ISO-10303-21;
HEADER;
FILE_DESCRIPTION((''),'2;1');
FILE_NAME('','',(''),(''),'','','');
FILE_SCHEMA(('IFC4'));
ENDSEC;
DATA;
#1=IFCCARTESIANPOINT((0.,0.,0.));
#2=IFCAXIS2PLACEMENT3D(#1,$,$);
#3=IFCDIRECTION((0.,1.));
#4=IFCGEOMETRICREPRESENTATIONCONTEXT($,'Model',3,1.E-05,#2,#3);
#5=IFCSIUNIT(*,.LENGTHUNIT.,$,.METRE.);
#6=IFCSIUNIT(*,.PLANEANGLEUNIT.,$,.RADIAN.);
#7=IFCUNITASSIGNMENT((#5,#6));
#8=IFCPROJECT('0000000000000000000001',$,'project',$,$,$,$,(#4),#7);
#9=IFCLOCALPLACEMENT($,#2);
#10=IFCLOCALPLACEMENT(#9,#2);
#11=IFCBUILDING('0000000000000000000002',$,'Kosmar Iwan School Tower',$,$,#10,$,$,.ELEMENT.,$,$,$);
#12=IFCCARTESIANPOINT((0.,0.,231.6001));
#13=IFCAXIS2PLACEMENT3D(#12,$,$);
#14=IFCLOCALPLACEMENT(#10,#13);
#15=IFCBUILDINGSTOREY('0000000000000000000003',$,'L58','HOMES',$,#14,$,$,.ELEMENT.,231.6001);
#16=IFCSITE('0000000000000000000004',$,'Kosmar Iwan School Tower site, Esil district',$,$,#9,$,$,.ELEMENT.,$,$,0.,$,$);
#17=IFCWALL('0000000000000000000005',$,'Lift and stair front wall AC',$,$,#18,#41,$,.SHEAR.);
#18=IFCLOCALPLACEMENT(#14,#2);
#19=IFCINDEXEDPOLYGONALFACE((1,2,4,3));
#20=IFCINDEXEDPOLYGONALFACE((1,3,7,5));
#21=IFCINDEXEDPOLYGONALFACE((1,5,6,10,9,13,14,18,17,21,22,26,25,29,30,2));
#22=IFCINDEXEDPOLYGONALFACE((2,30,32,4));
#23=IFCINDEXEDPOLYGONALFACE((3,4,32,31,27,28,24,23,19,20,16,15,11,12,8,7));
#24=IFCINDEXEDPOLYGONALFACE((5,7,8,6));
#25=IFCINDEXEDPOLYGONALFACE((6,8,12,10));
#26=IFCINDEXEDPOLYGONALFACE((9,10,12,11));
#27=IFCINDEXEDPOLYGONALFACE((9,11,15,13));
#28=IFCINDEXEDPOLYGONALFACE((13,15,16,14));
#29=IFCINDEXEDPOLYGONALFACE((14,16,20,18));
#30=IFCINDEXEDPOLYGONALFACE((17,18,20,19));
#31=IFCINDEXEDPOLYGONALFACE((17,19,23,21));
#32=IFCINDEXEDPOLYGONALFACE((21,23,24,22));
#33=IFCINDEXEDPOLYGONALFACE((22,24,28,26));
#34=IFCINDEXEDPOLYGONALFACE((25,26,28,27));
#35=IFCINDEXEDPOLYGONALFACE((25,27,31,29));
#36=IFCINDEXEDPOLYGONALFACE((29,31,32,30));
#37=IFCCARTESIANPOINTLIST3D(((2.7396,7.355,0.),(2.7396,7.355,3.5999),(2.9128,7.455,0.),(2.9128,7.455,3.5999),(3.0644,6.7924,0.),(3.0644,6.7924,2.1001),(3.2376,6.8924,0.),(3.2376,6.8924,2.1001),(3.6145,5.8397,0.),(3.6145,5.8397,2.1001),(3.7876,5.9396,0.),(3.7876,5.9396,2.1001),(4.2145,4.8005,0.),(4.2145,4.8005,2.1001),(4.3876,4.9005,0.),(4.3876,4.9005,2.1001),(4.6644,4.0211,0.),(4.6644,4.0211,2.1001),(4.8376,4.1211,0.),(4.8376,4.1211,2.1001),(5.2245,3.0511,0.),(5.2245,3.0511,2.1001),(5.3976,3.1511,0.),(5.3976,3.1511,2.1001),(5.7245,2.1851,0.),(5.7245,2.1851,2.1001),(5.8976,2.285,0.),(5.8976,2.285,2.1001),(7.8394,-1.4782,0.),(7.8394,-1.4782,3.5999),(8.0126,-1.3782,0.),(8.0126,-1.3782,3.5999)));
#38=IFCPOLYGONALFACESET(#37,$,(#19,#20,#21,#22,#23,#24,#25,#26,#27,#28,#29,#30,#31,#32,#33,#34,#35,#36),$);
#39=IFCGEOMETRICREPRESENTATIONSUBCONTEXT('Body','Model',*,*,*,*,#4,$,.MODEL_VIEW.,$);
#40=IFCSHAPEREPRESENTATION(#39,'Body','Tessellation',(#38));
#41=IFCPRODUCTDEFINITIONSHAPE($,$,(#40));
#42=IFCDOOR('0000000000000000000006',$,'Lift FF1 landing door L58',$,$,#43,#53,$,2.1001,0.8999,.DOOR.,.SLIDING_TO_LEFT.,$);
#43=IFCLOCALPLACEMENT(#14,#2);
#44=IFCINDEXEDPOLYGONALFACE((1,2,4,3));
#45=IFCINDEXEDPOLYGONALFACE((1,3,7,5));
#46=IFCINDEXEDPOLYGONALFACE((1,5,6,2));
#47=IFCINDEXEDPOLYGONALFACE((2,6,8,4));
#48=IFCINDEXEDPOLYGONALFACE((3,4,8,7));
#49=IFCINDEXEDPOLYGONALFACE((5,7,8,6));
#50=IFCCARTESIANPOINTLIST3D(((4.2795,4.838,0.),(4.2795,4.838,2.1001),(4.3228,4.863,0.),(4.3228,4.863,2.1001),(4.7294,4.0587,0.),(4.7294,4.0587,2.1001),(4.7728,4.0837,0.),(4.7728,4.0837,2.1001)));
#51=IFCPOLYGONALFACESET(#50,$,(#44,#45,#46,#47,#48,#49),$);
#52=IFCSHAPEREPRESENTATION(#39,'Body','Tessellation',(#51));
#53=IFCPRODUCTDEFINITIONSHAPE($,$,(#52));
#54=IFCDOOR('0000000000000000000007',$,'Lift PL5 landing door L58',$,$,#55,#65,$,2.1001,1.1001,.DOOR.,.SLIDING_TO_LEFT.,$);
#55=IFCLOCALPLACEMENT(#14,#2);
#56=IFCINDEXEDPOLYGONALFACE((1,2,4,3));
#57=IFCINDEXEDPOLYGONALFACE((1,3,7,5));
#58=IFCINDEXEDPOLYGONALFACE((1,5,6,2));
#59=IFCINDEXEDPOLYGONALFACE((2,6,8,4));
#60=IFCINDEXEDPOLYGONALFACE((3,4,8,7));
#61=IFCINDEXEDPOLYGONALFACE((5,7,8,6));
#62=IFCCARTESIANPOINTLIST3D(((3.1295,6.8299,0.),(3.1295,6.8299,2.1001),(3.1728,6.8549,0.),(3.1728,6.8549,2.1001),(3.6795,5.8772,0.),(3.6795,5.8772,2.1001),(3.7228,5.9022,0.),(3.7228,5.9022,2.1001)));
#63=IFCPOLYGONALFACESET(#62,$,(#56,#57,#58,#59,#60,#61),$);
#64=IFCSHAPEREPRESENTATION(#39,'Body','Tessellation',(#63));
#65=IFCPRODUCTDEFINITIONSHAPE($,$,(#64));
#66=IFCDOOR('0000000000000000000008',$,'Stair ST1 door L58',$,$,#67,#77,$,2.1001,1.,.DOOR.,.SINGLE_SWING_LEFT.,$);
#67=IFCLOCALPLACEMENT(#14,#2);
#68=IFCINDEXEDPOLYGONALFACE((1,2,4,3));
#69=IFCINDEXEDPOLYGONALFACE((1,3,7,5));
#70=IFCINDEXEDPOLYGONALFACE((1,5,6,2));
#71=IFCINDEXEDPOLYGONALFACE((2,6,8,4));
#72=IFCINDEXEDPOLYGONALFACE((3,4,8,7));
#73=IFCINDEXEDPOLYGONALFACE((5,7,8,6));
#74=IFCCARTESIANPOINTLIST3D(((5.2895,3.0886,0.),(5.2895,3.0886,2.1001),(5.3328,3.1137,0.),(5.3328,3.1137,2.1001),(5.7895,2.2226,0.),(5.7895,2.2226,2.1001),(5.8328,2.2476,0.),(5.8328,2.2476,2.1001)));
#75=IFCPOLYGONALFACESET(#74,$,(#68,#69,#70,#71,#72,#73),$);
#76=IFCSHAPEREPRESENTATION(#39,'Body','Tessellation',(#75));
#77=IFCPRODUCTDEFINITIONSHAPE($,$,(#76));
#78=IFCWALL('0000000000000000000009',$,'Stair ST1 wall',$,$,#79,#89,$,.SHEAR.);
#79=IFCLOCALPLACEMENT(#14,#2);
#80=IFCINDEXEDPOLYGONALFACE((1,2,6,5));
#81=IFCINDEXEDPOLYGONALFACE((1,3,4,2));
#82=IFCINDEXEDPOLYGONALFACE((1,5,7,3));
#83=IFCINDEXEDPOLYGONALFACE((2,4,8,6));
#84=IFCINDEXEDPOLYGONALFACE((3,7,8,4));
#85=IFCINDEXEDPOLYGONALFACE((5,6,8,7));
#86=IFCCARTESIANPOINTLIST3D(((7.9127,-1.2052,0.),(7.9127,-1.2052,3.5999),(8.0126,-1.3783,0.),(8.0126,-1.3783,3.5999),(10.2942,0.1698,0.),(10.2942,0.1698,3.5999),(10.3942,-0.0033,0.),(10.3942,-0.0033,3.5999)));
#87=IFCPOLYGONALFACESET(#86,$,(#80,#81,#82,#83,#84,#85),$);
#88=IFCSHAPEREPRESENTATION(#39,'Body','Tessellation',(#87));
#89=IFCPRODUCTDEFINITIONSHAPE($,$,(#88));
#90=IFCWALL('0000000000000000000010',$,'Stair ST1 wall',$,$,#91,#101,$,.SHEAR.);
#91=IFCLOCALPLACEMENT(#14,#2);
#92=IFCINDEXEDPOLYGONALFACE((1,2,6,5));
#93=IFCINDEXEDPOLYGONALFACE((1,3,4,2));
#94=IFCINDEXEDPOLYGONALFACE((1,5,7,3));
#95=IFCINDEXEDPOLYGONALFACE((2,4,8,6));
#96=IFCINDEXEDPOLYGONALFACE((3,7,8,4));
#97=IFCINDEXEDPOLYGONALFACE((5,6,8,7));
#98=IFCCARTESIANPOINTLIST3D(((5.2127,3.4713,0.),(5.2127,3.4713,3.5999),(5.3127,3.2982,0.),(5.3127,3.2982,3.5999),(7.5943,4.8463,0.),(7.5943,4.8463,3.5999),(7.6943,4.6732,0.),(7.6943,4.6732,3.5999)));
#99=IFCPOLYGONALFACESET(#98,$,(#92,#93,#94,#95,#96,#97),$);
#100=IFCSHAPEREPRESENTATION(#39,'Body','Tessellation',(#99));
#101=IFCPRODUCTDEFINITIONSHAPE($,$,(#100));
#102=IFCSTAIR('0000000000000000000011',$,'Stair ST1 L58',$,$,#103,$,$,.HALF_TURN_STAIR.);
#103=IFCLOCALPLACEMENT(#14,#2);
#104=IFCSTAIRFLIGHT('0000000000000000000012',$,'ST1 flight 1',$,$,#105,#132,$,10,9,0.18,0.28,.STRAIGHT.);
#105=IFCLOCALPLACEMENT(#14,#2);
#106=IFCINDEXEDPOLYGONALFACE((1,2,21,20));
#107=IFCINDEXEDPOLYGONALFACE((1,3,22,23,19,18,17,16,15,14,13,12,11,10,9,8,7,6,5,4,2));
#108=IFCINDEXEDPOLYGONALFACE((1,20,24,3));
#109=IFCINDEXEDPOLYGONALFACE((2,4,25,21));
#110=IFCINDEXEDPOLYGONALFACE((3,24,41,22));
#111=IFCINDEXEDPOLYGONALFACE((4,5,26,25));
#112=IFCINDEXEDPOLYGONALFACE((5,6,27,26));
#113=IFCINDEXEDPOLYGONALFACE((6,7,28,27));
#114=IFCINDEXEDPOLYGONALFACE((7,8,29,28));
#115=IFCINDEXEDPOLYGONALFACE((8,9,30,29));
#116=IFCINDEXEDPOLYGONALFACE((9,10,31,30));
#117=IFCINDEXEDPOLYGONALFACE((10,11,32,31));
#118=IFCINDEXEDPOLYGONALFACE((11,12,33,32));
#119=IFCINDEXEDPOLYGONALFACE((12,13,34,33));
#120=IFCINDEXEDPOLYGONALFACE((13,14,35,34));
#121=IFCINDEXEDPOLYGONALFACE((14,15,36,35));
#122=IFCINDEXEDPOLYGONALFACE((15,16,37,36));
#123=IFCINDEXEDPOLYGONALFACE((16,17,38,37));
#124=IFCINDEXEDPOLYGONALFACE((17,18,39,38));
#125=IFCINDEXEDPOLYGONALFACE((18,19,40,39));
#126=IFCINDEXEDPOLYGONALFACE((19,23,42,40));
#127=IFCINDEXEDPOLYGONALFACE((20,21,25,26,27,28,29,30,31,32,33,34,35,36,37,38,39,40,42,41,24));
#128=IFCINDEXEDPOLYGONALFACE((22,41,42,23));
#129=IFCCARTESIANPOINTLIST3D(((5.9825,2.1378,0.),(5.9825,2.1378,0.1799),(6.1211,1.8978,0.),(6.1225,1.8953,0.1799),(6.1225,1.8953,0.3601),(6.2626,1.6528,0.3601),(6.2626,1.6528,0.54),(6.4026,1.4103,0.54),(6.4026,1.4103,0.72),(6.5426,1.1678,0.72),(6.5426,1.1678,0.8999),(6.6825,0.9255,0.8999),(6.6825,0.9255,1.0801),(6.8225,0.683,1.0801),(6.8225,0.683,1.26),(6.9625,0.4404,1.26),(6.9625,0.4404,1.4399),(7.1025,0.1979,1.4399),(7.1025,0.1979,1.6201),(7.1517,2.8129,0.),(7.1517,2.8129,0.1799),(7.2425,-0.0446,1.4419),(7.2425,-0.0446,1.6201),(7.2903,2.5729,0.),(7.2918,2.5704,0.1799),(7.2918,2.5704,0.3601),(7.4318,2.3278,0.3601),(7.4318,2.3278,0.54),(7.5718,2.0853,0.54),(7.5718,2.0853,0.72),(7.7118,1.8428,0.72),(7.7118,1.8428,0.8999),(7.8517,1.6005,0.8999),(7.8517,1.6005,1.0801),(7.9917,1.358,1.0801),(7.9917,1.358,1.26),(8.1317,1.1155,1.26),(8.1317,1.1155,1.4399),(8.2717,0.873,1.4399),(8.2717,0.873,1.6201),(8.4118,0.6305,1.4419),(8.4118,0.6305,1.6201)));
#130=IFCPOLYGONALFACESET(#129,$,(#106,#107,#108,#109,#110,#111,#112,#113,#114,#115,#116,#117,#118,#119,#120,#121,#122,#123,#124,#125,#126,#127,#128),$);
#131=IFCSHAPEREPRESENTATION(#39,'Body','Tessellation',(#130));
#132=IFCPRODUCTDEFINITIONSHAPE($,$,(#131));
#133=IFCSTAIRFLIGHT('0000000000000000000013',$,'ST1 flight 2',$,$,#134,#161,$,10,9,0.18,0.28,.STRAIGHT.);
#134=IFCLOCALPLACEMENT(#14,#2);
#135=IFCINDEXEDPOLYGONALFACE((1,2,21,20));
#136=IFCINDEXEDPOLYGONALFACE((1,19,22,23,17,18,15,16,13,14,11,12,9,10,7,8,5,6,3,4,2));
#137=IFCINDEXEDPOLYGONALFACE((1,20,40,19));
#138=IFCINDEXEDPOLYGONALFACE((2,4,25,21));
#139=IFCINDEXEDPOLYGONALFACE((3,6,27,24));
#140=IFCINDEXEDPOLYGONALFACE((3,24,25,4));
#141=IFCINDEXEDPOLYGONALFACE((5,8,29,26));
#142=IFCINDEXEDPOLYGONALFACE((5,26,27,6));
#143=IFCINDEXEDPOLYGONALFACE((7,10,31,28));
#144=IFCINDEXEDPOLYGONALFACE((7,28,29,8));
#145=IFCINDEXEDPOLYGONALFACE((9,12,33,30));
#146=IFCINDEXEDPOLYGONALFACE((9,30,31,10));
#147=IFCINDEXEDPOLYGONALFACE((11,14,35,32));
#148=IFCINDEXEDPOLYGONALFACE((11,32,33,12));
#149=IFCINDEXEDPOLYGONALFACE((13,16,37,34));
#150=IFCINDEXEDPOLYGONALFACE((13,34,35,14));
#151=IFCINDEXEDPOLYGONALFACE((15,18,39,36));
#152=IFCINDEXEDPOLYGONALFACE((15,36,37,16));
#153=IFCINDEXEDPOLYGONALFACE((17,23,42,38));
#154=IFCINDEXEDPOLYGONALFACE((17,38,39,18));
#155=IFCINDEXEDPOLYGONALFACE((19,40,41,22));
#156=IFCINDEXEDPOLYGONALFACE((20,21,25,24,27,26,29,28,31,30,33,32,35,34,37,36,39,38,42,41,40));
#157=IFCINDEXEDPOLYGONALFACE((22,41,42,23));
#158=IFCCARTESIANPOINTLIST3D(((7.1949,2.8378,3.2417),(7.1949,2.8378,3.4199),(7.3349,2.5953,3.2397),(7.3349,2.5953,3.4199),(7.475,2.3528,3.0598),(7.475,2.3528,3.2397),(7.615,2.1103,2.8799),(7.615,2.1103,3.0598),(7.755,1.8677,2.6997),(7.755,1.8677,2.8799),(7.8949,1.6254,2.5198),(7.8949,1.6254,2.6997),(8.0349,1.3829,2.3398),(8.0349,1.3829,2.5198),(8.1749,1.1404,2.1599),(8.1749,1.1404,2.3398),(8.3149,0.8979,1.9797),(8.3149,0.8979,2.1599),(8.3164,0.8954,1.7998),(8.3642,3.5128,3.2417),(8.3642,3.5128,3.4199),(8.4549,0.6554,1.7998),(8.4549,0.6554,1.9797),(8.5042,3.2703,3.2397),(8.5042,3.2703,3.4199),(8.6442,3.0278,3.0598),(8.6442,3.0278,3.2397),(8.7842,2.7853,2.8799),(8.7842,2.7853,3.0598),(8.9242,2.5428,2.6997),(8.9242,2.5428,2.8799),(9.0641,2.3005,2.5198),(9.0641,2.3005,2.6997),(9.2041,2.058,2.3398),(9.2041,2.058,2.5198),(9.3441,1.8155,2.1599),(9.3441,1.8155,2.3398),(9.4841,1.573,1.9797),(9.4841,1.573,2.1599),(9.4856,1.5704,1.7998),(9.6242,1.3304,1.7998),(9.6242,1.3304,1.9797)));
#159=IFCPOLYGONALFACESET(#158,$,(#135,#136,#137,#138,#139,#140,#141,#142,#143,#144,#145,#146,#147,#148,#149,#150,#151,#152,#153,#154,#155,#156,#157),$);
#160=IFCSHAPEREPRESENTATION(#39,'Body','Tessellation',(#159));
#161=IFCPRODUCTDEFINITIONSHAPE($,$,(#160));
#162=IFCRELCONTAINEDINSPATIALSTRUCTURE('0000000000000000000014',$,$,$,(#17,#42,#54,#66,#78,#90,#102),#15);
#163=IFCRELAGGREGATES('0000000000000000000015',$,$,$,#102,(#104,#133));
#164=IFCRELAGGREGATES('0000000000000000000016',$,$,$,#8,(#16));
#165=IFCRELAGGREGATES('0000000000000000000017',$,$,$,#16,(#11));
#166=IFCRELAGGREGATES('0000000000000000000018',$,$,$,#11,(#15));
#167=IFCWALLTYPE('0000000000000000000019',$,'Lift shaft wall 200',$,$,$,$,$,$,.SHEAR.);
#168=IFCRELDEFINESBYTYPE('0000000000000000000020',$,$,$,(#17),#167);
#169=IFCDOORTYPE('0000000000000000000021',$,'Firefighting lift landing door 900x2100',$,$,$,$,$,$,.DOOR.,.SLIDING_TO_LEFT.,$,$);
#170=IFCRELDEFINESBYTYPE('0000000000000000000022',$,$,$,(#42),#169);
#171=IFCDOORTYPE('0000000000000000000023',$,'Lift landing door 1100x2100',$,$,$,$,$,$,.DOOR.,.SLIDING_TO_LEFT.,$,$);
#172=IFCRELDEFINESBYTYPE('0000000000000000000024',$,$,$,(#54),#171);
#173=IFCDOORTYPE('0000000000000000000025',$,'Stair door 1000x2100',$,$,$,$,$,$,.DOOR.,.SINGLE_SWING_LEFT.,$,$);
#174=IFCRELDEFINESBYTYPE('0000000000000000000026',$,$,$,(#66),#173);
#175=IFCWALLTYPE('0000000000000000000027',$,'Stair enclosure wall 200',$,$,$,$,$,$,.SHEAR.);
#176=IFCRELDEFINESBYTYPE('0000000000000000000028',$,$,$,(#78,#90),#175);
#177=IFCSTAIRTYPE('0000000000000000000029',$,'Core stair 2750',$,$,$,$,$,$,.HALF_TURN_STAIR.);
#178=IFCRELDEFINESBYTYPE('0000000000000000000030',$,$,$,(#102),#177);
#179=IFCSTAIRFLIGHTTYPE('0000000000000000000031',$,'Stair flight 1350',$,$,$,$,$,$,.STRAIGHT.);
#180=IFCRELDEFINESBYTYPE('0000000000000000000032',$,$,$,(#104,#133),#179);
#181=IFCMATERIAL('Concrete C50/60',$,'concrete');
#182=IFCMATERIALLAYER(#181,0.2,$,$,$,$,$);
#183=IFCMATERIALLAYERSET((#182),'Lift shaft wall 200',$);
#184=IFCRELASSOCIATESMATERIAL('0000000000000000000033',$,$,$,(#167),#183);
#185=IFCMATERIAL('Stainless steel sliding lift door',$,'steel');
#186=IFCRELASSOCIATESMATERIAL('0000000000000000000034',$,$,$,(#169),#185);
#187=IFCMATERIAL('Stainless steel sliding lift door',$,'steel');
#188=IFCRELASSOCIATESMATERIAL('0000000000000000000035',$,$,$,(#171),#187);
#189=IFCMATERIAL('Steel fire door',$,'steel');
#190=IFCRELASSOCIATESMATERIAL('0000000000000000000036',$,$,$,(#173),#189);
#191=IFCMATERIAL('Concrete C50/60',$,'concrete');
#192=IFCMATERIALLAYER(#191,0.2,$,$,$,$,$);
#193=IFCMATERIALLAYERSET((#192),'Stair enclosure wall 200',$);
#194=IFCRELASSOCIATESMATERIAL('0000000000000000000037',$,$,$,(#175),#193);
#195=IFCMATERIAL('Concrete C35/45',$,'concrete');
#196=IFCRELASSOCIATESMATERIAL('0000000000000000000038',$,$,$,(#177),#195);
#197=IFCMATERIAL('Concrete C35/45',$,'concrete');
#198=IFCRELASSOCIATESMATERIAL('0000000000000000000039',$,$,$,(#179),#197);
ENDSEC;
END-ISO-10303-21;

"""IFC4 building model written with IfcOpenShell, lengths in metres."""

from ifc_helpers import new_model, si_unit, direction, frame, frame_2d, origin, place, context, subcontext, project, spatial, polyline, rectangle, outline, extrude, material, layer, layer_set, type_object, element, fill, aggregate, save


model = new_model("IFC4")

# Units and contexts
model_context = context("Model", 3, precision=1e-05, world=origin(), true_north=direction((0.0, 1.0)))
body_context = subcontext(model_context, "Body", "Model", "MODEL_VIEW")
ifc_project = project(units=[si_unit("LENGTHUNIT", "METRE"), si_unit("PLANEANGLEUNIT", "RADIAN")], contexts=[model_context])

# Site, building, storey
site_placement = place(None, origin())
site = spatial("IfcSite", under=ifc_project, at=site_placement, Name="Kosmar Iwan School Tower site, Esil district", CompositionType="ELEMENT", RefElevation=0.0)
building_placement = place(site_placement, origin())
building = spatial("IfcBuilding", under=site, at=building_placement, Name="Kosmar Iwan School Tower", CompositionType="ELEMENT")
storey_placement = place(building_placement, frame((0.0, 0.0, 231.6001)))
storey = spatial("IfcBuildingStorey", under=building, at=storey_placement, Name="L58", Description="HOMES", CompositionType="ELEMENT", Elevation=231.6001)

# Wall, openings, doors
ifc_material_1 = material(Name="Concrete C50/60", Category="concrete")
ifc_layer_1 = layer(ifc_material_1, 0.2)
ifc_layer_set_1 = layer_set([ifc_layer_1], Name="Lift shaft wall 200")
wall_type_1 = type_object("IfcWallType", Name="Lift shaft wall 200", PredefinedType="SHEAR", material=ifc_layer_set_1)
wall_1_placement = place(storey_placement, frame((7.926, -1.4282, 0.0), z_axis=(0.0, 0.0, 1.0), x_axis=(-0.499998, 0.866027, 0.0)))
wall_1 = element("IfcWall", 1, at=wall_1_placement, inside=storey, type_object=wall_type_1, Name="Lift and stair front wall AC", PredefinedType="SHEAR", context=body_context, shape_type="SweptSolid", body=[
    extrude(rectangle(XDim=10.1997, YDim=0.2, at=frame_2d((5.0999, 0.0))), origin(), (0.0, 0.0, 1.0), 3.5999),
])
opening_1_placement = place(wall_1_placement, frame((6.3501, 0.0, 0.0)))
opening_1 = element("IfcOpeningElement", 2, at=opening_1_placement, cuts=wall_1, PredefinedType="OPENING", context=body_context, shape_type="SweptSolid", body=[
    extrude(rectangle(XDim=0.8999, YDim=2.1001, at=frame_2d((0.45, 1.05))), frame((0.0, 0.1121, 0.0), z_axis=(0.0, -1.0, 0.0), x_axis=(1.0, 0.0, 0.0)), (0.0, 0.0, 1.0), 0.2239),
])
opening_2_placement = place(wall_1_placement, frame((8.45, 0.0, 0.0)))
opening_2 = element("IfcOpeningElement", 3, at=opening_2_placement, cuts=wall_1, PredefinedType="OPENING", context=body_context, shape_type="SweptSolid", body=[
    extrude(rectangle(XDim=1.1001, YDim=2.1001, at=frame_2d((0.55, 1.05))), frame((0.0, 0.1121, 0.0), z_axis=(0.0, -1.0, 0.0), x_axis=(1.0, 0.0, 0.0)), (0.0, 0.0, 1.0), 0.2239),
])
opening_3_placement = place(wall_1_placement, frame((4.23, 0.0, 0.0)))
opening_3 = element("IfcOpeningElement", 4, at=opening_3_placement, cuts=wall_1, PredefinedType="OPENING", context=body_context, shape_type="SweptSolid", body=[
    extrude(rectangle(XDim=1.0, YDim=2.1001, at=frame_2d((0.5, 1.05))), frame((0.0, 0.1121, 0.0), z_axis=(0.0, -1.0, 0.0), x_axis=(1.0, 0.0, 0.0)), (0.0, 0.0, 1.0), 0.2239),
])
ifc_material_2 = material(Name="Stainless steel sliding lift door", Category="steel")
door_type_1 = type_object("IfcDoorType", Name="Firefighting lift landing door 900x2100", OperationType="SLIDING_TO_LEFT", PredefinedType="DOOR", material=ifc_material_2)
door_1_placement = place(opening_1_placement, origin())
door_1 = element("IfcDoor", 5, at=door_1_placement, inside=storey, type_object=door_type_1, Name="Lift FF1 landing door L58", OperationType="SLIDING_TO_LEFT", OverallHeight=2.1001, OverallWidth=0.8999, PredefinedType="DOOR", context=body_context, shape_type="SweptSolid", body=[
    extrude(rectangle(XDim=0.8999, YDim=2.1001, at=frame_2d((0.45, 1.05))), frame((0.0, 0.0249, 0.0), z_axis=(0.0, -1.0, 0.0), x_axis=(1.0, 0.0, 0.0)), (0.0, 0.0, 1.0), 0.05),
])
fill(opening_1, door_1)
ifc_material_3 = material(Name="Stainless steel sliding lift door", Category="steel")
door_type_2 = type_object("IfcDoorType", Name="Lift landing door 1100x2100", OperationType="SLIDING_TO_LEFT", PredefinedType="DOOR", material=ifc_material_3)
door_2_placement = place(opening_2_placement, origin())
door_2 = element("IfcDoor", 6, at=door_2_placement, inside=storey, type_object=door_type_2, Name="Lift PL5 landing door L58", OperationType="SLIDING_TO_LEFT", OverallHeight=2.1001, OverallWidth=1.1001, PredefinedType="DOOR", context=body_context, shape_type="SweptSolid", body=[
    extrude(rectangle(XDim=1.1001, YDim=2.1001, at=frame_2d((0.55, 1.05))), frame((0.0, 0.0249, 0.0), z_axis=(0.0, -1.0, 0.0), x_axis=(1.0, 0.0, 0.0)), (0.0, 0.0, 1.0), 0.05),
])
fill(opening_2, door_2)
ifc_material_4 = material(Name="Steel fire door", Category="steel")
door_type_3 = type_object("IfcDoorType", Name="Stair door 1000x2100", OperationType="SINGLE_SWING_LEFT", PredefinedType="DOOR", material=ifc_material_4)
door_3_placement = place(opening_3_placement, origin())
door_3 = element("IfcDoor", 7, at=door_3_placement, inside=storey, type_object=door_type_3, Name="Stair ST1 door L58", OperationType="SINGLE_SWING_LEFT", OverallHeight=2.1001, OverallWidth=1.0, PredefinedType="DOOR", context=body_context, shape_type="SweptSolid", body=[
    extrude(rectangle(XDim=1.0, YDim=2.1001, at=frame_2d((0.5, 1.05))), frame((0.0, 0.0249, 0.0), z_axis=(0.0, -1.0, 0.0), x_axis=(1.0, 0.0, 0.0)), (0.0, 0.0, 1.0), 0.05),
])
fill(opening_3, door_3)

# Walls
ifc_material_5 = material(Name="Concrete C50/60", Category="concrete")
ifc_layer_2 = layer(ifc_material_5, 0.2)
ifc_layer_set_2 = layer_set([ifc_layer_2], Name="Stair enclosure wall 200")
wall_type_2 = type_object("IfcWallType", Name="Stair enclosure wall 200", PredefinedType="SHEAR", material=ifc_layer_set_2)
for number, where, z_axis, x_axis, name in (
    (8, (7.9626, -1.2917, 0.0), (0.0, 0.0, 1.0), (0.866027, 0.499997, 0.0), "Stair ST1 wall"),
    (9, (5.2627, 3.3848, 0.0), (0.0, 0.0, 1.0), (0.866027, 0.499997, 0.0), "Stair ST1 wall"),
):
    element("IfcWall", number, at=place(storey_placement, frame(where, z_axis=z_axis, x_axis=x_axis)), inside=storey, type_object=wall_type_2, Name=name, PredefinedType="SHEAR", context=body_context, shape_type="SweptSolid", body=[
        extrude(rectangle(XDim=2.75, YDim=0.2, at=frame_2d((1.375, 0.0))), origin(), (0.0, 0.0, 1.0), 3.5999),
    ])

# Stair, stair flights
ifc_material_6 = material(Name="Concrete C35/45", Category="concrete")
stair_type = type_object("IfcStairType", Name="Core stair 2750", PredefinedType="HALF_TURN_STAIR", material=ifc_material_6)
stair_placement = place(storey_placement, origin())
stair = element("IfcStair", 10, at=stair_placement, inside=storey, type_object=stair_type, Name="Stair ST1 L58", PredefinedType="HALF_TURN_STAIR")
ifc_material_7 = material(Name="Concrete C35/45", Category="concrete")
stair_flight_type = type_object("IfcStairFlightType", Name="Stair flight 1350", PredefinedType="STRAIGHT", material=ifc_material_7)
stair_flight_1_placement = place(storey_placement, frame((6.5671, 2.4753, 0.0), z_axis=(0.0, 0.0, 1.0), x_axis=(0.5, -0.866025, 0.0)))
stair_flight_1 = element("IfcStairFlight", 11, at=stair_flight_1_placement, type_object=stair_flight_type, Name="ST1 flight 1", NumberOfRisers=10, NumberOfTreads=9, PredefinedType="STRAIGHT", RiserHeight=0.18, TreadLength=0.28, context=body_context, shape_type="SweptSolid", body=[
    extrude(outline(polyline([(0.0, 0.0), (0.0, 0.1799), (0.28, 0.1799), (0.28, 0.3601), (0.5601, 0.3601), (0.5601, 0.54), (0.8401, 0.54), (0.8401, 0.72), (1.1201, 0.72), (1.1201, 0.8999), (1.3999, 0.8999), (1.3999, 1.0801), (1.6799, 1.0801), (1.6799, 1.26), (1.96, 1.26), (1.96, 1.4399), (2.24, 1.4399), (2.24, 1.6201), (2.52, 1.6201), (2.52, 1.8), (2.52, 1.4419), (0.2771, 0.0), (0.0, 0.0)])), frame((0.0, 0.675, 0.0), z_axis=(0.0, -1.0, 0.0), x_axis=(1.0, 0.0, 0.0)), (0.0, 0.0, 1.0), 1.3501),
])
stair_flight_2_placement = place(storey_placement, frame((9.0396, 0.9929, 1.7998), z_axis=(0.0, 0.0, 1.0), x_axis=(-0.5, 0.866025, 0.0)))
stair_flight_2 = element("IfcStairFlight", 12, at=stair_flight_2_placement, type_object=stair_flight_type, Name="ST1 flight 2", NumberOfRisers=10, NumberOfTreads=9, PredefinedType="STRAIGHT", RiserHeight=0.18, TreadLength=0.28, context=body_context, shape_type="SweptSolid", body=[
    extrude(outline(polyline([(0.0, 0.0), (0.0, 0.1799), (0.28, 0.1799), (0.28, 0.3601), (0.5601, 0.3601), (0.5601, 0.54), (0.8401, 0.54), (0.8401, 0.72), (1.1201, 0.72), (1.1201, 0.8999), (1.3999, 0.8999), (1.3999, 1.0801), (1.6799, 1.0801), (1.6799, 1.26), (1.96, 1.26), (1.96, 1.4399), (2.24, 1.4399), (2.24, 1.6201), (2.52, 1.6201), (2.52, 1.8), (2.52, 1.4419), (0.2771, 0.0), (0.0, 0.0)])), frame((0.0, 0.675, 0.0), z_axis=(0.0, -1.0, 0.0), x_axis=(1.0, 0.0, 0.0)), (0.0, 0.0, 1.0), 1.3501),
])
aggregate(stair, [stair_flight_1, stair_flight_2])

save(model, "model.ifc")
